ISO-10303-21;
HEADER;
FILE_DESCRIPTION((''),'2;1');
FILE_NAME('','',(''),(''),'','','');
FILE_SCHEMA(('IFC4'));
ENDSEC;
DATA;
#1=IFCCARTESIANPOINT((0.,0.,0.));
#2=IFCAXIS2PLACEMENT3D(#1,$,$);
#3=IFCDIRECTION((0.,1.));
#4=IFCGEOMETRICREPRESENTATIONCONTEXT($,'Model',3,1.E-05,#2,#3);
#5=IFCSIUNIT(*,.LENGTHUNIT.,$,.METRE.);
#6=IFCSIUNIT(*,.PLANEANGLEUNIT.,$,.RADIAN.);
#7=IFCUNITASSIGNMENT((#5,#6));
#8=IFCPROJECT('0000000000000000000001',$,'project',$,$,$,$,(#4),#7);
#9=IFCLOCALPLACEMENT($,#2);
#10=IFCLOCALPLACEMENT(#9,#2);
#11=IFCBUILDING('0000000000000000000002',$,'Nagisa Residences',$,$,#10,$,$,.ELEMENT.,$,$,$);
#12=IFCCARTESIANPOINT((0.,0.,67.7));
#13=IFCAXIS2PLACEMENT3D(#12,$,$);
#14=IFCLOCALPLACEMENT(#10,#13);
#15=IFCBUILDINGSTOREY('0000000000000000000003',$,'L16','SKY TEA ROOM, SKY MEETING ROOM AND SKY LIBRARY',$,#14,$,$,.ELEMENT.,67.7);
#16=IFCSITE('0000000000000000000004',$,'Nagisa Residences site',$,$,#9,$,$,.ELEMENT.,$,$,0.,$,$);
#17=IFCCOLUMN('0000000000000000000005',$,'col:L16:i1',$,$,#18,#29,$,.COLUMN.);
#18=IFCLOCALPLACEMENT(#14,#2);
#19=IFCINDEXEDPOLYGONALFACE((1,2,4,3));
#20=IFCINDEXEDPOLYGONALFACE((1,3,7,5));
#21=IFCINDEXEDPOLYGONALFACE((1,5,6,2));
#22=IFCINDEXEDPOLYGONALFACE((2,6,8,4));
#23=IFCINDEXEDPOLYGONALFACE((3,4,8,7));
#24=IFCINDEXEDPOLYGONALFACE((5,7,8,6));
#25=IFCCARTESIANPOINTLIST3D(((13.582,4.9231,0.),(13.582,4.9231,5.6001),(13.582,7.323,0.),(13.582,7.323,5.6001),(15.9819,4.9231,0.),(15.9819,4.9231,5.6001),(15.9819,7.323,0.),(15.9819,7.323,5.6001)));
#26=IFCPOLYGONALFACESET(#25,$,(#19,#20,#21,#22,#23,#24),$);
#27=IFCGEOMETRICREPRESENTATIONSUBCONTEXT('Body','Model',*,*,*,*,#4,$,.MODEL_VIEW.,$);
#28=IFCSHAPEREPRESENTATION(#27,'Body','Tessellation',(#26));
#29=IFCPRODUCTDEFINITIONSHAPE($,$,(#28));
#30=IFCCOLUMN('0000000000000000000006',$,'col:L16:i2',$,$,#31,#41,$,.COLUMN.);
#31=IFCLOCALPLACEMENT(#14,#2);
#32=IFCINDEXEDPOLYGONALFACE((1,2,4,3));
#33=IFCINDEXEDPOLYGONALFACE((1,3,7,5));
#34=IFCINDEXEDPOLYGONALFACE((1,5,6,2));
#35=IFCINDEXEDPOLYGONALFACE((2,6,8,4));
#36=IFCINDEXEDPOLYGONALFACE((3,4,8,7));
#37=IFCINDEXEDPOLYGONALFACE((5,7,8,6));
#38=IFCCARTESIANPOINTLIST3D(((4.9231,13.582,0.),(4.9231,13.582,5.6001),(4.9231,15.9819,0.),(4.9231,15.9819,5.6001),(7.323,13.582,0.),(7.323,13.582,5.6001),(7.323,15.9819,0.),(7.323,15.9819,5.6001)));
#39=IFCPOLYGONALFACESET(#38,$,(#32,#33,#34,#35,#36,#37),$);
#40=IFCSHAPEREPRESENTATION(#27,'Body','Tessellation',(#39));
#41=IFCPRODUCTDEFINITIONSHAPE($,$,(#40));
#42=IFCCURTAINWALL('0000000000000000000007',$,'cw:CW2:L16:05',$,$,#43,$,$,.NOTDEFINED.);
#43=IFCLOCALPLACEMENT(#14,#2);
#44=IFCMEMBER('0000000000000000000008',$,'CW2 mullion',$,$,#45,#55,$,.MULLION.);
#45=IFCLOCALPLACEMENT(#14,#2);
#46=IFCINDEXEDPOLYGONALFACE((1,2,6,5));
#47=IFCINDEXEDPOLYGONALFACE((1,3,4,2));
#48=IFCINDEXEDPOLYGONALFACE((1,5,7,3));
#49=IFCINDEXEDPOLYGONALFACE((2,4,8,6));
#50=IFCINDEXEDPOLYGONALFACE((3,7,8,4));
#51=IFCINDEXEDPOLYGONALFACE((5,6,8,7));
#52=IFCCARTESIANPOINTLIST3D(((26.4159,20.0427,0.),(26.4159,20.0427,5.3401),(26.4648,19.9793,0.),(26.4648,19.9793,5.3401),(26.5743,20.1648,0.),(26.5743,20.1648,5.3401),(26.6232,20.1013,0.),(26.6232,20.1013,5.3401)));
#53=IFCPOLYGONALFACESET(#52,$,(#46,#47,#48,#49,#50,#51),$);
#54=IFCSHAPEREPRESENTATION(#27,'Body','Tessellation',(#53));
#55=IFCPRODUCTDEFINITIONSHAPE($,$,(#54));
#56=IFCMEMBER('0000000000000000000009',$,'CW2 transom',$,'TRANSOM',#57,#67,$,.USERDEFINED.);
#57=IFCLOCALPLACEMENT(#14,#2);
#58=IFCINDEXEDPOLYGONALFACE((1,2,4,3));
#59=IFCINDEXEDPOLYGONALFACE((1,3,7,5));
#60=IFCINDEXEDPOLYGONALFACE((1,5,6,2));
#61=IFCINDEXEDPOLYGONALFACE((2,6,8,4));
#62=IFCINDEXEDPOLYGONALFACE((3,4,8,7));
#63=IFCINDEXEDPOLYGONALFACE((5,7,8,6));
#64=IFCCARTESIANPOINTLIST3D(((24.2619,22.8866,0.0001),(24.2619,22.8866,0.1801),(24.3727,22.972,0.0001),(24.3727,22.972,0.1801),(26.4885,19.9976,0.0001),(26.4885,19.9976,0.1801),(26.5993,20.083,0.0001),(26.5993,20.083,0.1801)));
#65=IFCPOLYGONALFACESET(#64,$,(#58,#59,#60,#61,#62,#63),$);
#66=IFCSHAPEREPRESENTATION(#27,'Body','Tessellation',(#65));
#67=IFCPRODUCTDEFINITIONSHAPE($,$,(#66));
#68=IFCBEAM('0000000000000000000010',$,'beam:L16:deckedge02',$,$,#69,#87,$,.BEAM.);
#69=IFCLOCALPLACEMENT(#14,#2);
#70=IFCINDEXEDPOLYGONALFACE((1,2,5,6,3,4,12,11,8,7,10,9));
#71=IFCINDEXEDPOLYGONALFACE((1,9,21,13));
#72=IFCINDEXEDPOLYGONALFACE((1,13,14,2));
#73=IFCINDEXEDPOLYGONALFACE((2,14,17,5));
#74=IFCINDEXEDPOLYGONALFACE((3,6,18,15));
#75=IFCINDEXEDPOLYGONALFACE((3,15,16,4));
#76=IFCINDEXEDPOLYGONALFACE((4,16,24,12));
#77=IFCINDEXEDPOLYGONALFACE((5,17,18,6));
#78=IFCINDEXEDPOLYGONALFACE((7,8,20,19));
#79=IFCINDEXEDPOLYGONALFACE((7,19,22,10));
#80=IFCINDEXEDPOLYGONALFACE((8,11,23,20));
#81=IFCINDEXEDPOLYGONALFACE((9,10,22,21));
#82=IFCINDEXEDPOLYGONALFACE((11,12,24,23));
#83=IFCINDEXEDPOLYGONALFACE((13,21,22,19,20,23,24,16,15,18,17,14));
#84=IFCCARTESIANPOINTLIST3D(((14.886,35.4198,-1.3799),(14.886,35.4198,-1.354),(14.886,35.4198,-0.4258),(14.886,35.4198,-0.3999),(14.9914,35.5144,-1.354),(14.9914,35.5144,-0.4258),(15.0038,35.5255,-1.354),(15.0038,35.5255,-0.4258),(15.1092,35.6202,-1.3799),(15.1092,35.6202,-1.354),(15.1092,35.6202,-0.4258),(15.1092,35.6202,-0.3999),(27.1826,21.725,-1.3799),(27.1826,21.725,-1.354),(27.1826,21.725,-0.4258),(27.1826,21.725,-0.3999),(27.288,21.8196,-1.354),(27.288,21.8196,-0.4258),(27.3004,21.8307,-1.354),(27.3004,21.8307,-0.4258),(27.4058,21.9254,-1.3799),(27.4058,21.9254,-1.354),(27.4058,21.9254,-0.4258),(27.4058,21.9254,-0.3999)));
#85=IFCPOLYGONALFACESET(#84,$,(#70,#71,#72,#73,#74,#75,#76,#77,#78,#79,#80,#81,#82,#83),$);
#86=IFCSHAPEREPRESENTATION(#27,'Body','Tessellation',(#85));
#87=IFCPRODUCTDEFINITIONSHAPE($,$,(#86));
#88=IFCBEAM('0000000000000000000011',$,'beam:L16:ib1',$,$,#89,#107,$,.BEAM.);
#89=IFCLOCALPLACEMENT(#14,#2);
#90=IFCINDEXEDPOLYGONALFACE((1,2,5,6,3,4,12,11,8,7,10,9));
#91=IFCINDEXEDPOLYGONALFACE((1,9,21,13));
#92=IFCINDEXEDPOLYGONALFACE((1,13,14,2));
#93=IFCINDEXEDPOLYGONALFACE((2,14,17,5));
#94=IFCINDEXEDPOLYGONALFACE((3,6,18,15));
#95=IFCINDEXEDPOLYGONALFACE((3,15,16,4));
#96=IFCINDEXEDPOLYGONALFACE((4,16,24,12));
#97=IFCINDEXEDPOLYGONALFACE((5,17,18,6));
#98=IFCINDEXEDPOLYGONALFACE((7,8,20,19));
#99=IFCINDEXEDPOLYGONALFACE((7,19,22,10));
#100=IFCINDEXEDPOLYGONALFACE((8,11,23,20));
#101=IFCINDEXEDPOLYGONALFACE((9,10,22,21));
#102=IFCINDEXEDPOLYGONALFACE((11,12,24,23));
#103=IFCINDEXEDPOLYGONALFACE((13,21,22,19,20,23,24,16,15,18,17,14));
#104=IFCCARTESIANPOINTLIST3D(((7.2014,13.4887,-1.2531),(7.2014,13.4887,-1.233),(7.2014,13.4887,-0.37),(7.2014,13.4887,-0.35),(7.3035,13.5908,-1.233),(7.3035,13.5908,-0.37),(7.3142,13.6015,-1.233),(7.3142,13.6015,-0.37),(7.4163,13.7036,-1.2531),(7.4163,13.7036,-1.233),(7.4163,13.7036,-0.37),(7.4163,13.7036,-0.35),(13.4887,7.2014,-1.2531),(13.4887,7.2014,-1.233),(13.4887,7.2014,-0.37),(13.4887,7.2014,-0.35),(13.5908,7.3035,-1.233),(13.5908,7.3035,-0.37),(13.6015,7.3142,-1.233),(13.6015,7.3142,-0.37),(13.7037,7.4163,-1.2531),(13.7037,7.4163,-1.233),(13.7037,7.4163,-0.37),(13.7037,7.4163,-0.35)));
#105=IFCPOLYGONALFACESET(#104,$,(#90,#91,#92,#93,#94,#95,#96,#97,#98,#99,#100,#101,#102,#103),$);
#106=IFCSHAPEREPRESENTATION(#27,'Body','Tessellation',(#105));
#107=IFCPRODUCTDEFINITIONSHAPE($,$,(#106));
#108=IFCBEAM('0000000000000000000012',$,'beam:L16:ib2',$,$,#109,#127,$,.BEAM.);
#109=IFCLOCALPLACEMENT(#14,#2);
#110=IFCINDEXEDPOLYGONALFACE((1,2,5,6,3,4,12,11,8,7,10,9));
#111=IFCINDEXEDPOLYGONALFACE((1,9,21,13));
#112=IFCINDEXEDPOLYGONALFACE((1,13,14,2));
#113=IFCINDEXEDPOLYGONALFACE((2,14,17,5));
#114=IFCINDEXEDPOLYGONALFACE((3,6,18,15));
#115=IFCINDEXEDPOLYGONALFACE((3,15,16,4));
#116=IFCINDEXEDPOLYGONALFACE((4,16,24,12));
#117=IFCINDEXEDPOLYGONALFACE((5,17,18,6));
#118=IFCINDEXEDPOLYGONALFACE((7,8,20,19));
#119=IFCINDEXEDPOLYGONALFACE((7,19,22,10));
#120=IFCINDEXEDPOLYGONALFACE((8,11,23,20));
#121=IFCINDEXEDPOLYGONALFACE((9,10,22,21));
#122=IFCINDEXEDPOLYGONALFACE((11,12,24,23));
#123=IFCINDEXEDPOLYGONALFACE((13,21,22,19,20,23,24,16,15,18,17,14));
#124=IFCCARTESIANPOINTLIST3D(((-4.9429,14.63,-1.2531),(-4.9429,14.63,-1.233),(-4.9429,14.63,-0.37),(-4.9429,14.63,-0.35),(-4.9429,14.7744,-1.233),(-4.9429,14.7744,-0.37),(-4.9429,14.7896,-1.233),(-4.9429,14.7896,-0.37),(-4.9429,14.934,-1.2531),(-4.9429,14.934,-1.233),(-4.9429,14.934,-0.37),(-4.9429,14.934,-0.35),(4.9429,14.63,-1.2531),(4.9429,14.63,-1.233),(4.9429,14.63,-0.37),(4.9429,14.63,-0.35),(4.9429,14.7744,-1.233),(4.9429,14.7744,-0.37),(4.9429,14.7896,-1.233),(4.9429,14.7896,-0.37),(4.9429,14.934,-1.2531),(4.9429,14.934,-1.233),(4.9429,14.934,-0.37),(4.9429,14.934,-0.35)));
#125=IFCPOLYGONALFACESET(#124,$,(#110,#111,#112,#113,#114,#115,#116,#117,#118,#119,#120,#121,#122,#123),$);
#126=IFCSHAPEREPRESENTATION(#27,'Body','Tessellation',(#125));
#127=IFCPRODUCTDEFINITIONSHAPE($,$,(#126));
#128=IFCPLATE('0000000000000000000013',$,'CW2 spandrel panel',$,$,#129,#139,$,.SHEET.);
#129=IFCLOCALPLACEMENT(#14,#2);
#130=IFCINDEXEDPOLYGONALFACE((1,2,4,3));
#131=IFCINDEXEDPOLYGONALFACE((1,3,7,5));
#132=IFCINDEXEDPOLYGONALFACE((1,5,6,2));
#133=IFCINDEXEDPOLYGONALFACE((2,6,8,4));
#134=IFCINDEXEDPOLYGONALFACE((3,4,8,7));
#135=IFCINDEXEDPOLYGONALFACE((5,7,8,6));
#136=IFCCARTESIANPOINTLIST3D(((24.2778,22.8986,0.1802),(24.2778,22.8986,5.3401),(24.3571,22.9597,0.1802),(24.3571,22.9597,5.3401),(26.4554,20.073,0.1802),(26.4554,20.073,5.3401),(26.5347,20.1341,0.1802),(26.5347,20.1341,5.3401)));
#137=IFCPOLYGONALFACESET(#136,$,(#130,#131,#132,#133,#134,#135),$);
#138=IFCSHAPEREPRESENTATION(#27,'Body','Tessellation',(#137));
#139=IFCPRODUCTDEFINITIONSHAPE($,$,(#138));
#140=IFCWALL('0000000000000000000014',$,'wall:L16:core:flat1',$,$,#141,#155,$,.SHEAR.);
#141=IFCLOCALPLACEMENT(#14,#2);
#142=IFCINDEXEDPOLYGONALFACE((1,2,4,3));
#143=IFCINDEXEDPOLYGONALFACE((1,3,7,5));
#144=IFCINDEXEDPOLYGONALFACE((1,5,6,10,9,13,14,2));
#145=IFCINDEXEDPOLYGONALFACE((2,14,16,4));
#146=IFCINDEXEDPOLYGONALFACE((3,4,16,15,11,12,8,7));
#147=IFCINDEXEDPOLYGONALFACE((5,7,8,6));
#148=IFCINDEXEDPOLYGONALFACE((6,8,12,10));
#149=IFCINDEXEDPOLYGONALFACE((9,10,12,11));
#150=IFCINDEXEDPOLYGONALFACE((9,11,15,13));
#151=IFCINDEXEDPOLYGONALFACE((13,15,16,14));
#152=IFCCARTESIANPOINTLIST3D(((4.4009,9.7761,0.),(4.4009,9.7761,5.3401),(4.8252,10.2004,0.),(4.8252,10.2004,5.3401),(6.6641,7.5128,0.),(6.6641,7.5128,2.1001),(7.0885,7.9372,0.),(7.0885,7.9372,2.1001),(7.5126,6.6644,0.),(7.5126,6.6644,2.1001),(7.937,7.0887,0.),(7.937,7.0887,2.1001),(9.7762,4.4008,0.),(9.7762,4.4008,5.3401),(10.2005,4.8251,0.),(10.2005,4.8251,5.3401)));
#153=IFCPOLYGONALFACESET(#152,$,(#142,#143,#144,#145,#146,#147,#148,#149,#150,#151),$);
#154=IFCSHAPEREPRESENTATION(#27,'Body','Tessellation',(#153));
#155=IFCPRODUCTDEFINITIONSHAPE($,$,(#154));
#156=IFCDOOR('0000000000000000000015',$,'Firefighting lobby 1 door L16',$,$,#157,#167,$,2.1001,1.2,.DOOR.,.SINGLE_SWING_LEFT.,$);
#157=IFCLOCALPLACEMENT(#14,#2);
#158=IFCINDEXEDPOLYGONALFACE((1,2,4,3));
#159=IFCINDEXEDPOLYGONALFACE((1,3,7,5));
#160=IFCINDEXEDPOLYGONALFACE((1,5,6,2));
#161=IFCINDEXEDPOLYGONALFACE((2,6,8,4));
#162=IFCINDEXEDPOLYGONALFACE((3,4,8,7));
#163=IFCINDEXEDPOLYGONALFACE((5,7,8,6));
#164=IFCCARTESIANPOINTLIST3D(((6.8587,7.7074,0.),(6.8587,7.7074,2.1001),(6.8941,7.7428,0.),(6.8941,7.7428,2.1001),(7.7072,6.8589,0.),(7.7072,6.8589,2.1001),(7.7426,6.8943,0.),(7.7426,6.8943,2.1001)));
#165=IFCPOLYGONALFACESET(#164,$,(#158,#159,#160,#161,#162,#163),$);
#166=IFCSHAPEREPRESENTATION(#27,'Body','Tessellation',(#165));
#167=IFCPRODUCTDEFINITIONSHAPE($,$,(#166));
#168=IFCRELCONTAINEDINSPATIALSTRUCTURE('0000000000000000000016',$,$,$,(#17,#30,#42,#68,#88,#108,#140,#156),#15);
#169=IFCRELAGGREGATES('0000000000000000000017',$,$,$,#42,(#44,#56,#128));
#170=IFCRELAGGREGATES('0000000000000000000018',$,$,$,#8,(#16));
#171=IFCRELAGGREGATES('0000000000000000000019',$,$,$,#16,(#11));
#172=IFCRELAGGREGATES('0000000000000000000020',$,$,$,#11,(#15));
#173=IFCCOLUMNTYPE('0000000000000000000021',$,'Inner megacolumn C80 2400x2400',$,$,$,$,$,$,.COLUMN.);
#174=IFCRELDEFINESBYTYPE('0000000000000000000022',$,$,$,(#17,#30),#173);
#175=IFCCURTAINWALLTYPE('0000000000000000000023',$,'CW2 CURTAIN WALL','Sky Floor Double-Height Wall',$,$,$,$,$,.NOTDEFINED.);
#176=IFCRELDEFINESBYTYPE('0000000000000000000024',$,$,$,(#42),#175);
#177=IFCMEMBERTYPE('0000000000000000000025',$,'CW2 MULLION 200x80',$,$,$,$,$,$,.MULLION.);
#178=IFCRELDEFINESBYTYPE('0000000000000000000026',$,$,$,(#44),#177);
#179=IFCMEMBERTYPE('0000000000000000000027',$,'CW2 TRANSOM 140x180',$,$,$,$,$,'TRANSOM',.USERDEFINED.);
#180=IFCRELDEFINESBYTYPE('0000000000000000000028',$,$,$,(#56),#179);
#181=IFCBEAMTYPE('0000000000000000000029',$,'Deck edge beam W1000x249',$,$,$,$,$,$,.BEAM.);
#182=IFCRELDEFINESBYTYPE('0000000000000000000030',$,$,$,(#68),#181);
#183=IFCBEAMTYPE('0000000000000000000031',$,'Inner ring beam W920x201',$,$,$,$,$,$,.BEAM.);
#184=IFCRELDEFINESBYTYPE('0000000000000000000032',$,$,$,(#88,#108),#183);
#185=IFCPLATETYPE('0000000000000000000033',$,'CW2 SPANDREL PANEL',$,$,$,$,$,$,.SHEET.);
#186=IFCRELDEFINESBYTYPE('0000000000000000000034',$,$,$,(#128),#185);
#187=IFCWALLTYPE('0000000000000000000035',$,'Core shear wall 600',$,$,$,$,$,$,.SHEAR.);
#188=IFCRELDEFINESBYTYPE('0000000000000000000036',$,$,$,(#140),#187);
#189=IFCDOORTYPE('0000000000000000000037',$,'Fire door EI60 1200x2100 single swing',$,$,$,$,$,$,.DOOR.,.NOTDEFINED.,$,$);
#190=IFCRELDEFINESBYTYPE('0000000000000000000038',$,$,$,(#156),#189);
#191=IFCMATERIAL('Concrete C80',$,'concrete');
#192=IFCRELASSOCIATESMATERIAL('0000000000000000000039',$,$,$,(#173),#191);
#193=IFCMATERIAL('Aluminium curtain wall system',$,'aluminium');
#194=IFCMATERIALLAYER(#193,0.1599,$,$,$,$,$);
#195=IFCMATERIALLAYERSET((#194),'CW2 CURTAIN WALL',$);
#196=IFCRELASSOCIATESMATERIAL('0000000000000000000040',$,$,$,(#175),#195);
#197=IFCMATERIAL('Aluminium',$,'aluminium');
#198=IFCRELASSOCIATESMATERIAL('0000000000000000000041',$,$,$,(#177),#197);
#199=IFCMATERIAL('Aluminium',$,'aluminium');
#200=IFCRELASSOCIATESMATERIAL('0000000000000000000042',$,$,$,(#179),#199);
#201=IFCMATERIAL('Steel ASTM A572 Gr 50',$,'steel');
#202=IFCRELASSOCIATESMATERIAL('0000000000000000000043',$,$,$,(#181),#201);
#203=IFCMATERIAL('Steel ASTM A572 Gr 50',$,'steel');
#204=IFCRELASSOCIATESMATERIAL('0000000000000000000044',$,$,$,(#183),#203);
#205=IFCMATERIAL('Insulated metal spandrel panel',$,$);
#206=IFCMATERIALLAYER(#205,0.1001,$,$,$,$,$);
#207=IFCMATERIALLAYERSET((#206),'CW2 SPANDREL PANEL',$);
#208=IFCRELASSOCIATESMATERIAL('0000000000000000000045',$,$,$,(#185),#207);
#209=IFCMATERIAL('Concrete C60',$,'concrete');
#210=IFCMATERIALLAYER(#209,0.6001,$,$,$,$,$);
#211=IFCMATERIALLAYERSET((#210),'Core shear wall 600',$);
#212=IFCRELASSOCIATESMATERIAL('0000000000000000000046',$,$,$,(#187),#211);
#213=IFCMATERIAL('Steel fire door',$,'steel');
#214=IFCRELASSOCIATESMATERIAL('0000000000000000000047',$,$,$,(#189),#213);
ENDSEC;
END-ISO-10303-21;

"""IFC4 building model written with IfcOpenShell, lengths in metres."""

from ifc_helpers import new_model, si_unit, direction, frame, frame_2d, origin, origin_2d, place, context, subcontext, project, spatial, rectangle, i_section, extrude, material, layer, layer_set, material_profile, profile_set, type_object, element, fill, aggregate, save


model = new_model("IFC4")

# Units and contexts
model_context = context("Model", 3, precision=1e-05, world=origin(), true_north=direction((0.0, 1.0)))
body_context = subcontext(model_context, "Body", "Model", "MODEL_VIEW")
ifc_project = project(units=[si_unit("LENGTHUNIT", "METRE"), si_unit("PLANEANGLEUNIT", "RADIAN")], contexts=[model_context])

# Site, building, storey
site_placement = place(None, origin())
site = spatial("IfcSite", under=ifc_project, at=site_placement, Name="Nagisa Residences site", CompositionType="ELEMENT", RefElevation=0.0)
building_placement = place(site_placement, origin())
building = spatial("IfcBuilding", under=site, at=building_placement, Name="Nagisa Residences", CompositionType="ELEMENT")
storey_placement = place(building_placement, frame((0.0, 0.0, 67.7)))
storey = spatial("IfcBuildingStorey", under=building, at=storey_placement, Name="L16", Description="SKY TEA ROOM, SKY MEETING ROOM AND SKY LIBRARY", CompositionType="ELEMENT", Elevation=67.7)

# Columns
ifc_material_1 = material(Name="Concrete C80", Category="concrete")
ifc_material_profile_1 = material_profile(ifc_material_1, rectangle(XDim=2.3999, YDim=2.3999, at=origin_2d()), Name="C80 2400x2400")
ifc_profile_set_1 = profile_set([ifc_material_profile_1], Name="Concrete C80")
column_type = type_object("IfcColumnType", Name="Inner megacolumn C80 2400x2400", PredefinedType="COLUMN", material=ifc_profile_set_1)
for number, where, z_axis, x_axis, name in (
    (1, (14.782, 6.123, 0.0), (0.0, 0.0, 1.0), (1.0, 0.0, 0.0), "col:L16:i1"),
    (2, (6.123, 14.782, 0.0), (0.0, 0.0, 1.0), (1.0, 0.0, 0.0), "col:L16:i2"),
):
    element("IfcColumn", number, at=place(storey_placement, frame(where, z_axis=z_axis, x_axis=x_axis)), inside=storey, type_object=column_type, Name=name, PredefinedType="COLUMN", context=body_context, shape_type="SweptSolid", body=[
        extrude(rectangle(XDim=2.3999, YDim=2.3999, at=origin_2d()), origin(), (0.0, 0.0, 1.0), 5.6001),
    ])

# Curtain wall, members
ifc_material_2 = material(Name="Aluminium curtain wall system", Category="aluminium")
ifc_layer_1 = layer(ifc_material_2, 0.1599)
ifc_layer_set_1 = layer_set([ifc_layer_1], Name="CW2 CURTAIN WALL")
curtain_wall_type = type_object("IfcCurtainWallType", Name="CW2 CURTAIN WALL", Description="Sky Floor Double-Height Wall", PredefinedType="NOTDEFINED", material=ifc_layer_set_1)
curtain_wall_placement = place(storey_placement, origin())
curtain_wall = element("IfcCurtainWall", 3, at=curtain_wall_placement, inside=storey, type_object=curtain_wall_type, Name="cw:CW2:L16:05", PredefinedType="NOTDEFINED")
ifc_material_3 = material(Name="Aluminium", Category="aluminium")
ifc_material_profile_2 = material_profile(ifc_material_3, rectangle(XDim=0.2, YDim=0.0801, at=origin_2d()), Name="CW2 MULLION 200x80")
ifc_profile_set_2 = profile_set([ifc_material_profile_2], Name="Aluminium")
member_type_1 = type_object("IfcMemberType", Name="CW2 MULLION 200x80", PredefinedType="MULLION", material=ifc_profile_set_2)
member_1_placement = place(storey_placement, frame((26.5195, 20.072, 0.0), z_axis=(0.0, 0.0, 1.0), x_axis=(-0.79207, -0.61043, 0.0)))
member_1 = element("IfcMember", 4, at=member_1_placement, type_object=member_type_1, Name="CW2 mullion", PredefinedType="MULLION", context=body_context, shape_type="SweptSolid", body=[
    extrude(rectangle(XDim=0.2, YDim=0.0801, at=origin_2d()), origin(), (0.0, 0.0, 1.0), 5.3401),
])
ifc_material_4 = material(Name="Aluminium", Category="aluminium")
ifc_material_profile_3 = material_profile(ifc_material_4, rectangle(XDim=0.1399, YDim=0.1799, at=origin_2d()), Name="CW2 TRANSOM 140x180")
ifc_profile_set_3 = profile_set([ifc_material_profile_3], Name="Aluminium")
member_type_2 = type_object("IfcMemberType", Name="CW2 TRANSOM 140x180", ElementType="TRANSOM", PredefinedType="USERDEFINED", material=ifc_profile_set_3)
member_2_placement = place(storey_placement, frame((26.5439, 20.0403, 0.0901), z_axis=(-0.610454, 0.792051, 0.0), x_axis=(-0.792051, -0.610454, 0.0)))
member_2 = element("IfcMember", 5, at=member_2_placement, type_object=member_type_2, Name="CW2 transom", ObjectType="TRANSOM", PredefinedType="USERDEFINED", context=body_context, shape_type="SweptSolid", body=[
    extrude(rectangle(XDim=0.1399, YDim=0.1799, at=origin_2d()), origin(), (0.0, 0.0, 1.0), 3.6475),
])

# Beams
ifc_material_5 = material(Name="Steel ASTM A572 Gr 50", Category="steel")
ifc_material_profile_4 = material_profile(ifc_material_5, i_section(OverallWidth=0.3, OverallDepth=0.98, WebThickness=0.0166, FlangeThickness=0.0259, at=origin_2d()), Name="W1000x249")
ifc_profile_set_4 = profile_set([ifc_material_profile_4], Name="Steel ASTM A572 Gr 50")
beam_type_1 = type_object("IfcBeamType", Name="Deck edge beam W1000x249", PredefinedType="BEAM", material=ifc_profile_set_4)
beam_1_placement = place(storey_placement, frame((27.2942, 21.8252, -0.8899), z_axis=(-0.668102, 0.744069, 0.0), x_axis=(-0.744069, -0.668102, 0.0)))
element("IfcBeam", 6, at=beam_1_placement, inside=storey, type_object=beam_type_1, Name="beam:L16:deckedge02", PredefinedType="BEAM", context=body_context, shape_type="SweptSolid", body=[
    extrude(i_section(OverallWidth=0.3, OverallDepth=0.98, WebThickness=0.0166, FlangeThickness=0.0259, at=origin_2d()), origin(), (0.0, 0.0, 1.0), 18.4053),
])
ifc_material_6 = material(Name="Steel ASTM A572 Gr 50", Category="steel")
ifc_material_profile_5 = material_profile(ifc_material_6, i_section(OverallWidth=0.304, OverallDepth=0.9031, WebThickness=0.0151, FlangeThickness=0.02, at=origin_2d()), Name="W920x201")
ifc_profile_set_5 = profile_set([ifc_material_profile_5], Name="Steel ASTM A572 Gr 50")
beam_type_2 = type_object("IfcBeamType", Name="Inner ring beam W920x201", PredefinedType="BEAM", material=ifc_profile_set_5)
beam_2_placement = place(storey_placement, frame((13.5962, 7.3088, -0.8015), z_axis=(-0.707107, 0.707107, 0.0), x_axis=(-0.707107, -0.707107, 0.0)))
element("IfcBeam", 7, at=beam_2_placement, inside=storey, type_object=beam_type_2, Name="beam:L16:ib1", PredefinedType="BEAM", context=body_context, shape_type="SweptSolid", body=[
    extrude(i_section(OverallWidth=0.304, OverallDepth=0.9031, WebThickness=0.0151, FlangeThickness=0.02, at=origin_2d()), origin(), (0.0, 0.0, 1.0), 8.8916),
])
beam_3_placement = place(storey_placement, frame((4.9429, 14.782, -0.8015), z_axis=(-1.0, 0.0, 0.0), x_axis=(0.0, -1.0, 0.0)))
element("IfcBeam", 8, at=beam_3_placement, inside=storey, type_object=beam_type_2, Name="beam:L16:ib2", PredefinedType="BEAM", context=body_context, shape_type="SweptSolid", body=[
    extrude(i_section(OverallWidth=0.304, OverallDepth=0.9031, WebThickness=0.0151, FlangeThickness=0.02, at=origin_2d()), origin(), (0.0, 0.0, 1.0), 9.8857),
])

# Plate
ifc_material_7 = material(Name="Insulated metal spandrel panel")
ifc_layer_2 = layer(ifc_material_7, 0.1001)
ifc_layer_set_2 = layer_set([ifc_layer_2], Name="CW2 SPANDREL PANEL")
plate_type = type_object("IfcPlateType", Name="CW2 SPANDREL PANEL", PredefinedType="SHEET", material=ifc_layer_set_2)
plate_placement = place(storey_placement, frame((25.4062, 21.5164, 0.1802), z_axis=(0.0, 0.0, 1.0), x_axis=(-0.61043, 0.79207, 0.0)))
plate = element("IfcPlate", 9, at=plate_placement, type_object=plate_type, Name="CW2 spandrel panel", PredefinedType="SHEET", context=body_context, shape_type="SweptSolid", body=[
    extrude(rectangle(XDim=3.5674, YDim=0.1001, at=origin_2d()), origin(), (0.0, 0.0, 1.0), 5.1599),
])
aggregate(curtain_wall, [member_1, member_2, plate])

# Wall, opening, door
ifc_material_8 = material(Name="Concrete C60", Category="concrete")
ifc_layer_3 = layer(ifc_material_8, 0.6001)
ifc_layer_set_3 = layer_set([ifc_layer_3], Name="Core shear wall 600")
wall_type_1 = type_object("IfcWallType", Name="Core shear wall 600", PredefinedType="SHEAR", material=ifc_layer_set_3)
wall_1_placement = place(storey_placement, frame((9.9883, 4.613, 0.0), z_axis=(0.0, 0.0, 1.0), x_axis=(-0.707107, 0.707107, 0.0)))
wall_1 = element("IfcWall", 10, at=wall_1_placement, inside=storey, type_object=wall_type_1, Name="wall:L16:core:flat1", PredefinedType="SHEAR", context=body_context, shape_type="SweptSolid", body=[
    extrude(rectangle(XDim=7.6018, YDim=0.6001, at=frame_2d((3.8008, 0.0))), origin(), (0.0, 0.0, 1.0), 5.3401),
])
opening_1_placement = place(wall_1_placement, frame((3.2009, 0.0, 0.0)))
opening_1 = element("IfcOpeningElement", 11, at=opening_1_placement, cuts=wall_1, PredefinedType="OPENING", context=body_context, shape_type="SweptSolid", body=[
    extrude(rectangle(XDim=1.2, YDim=2.1001, at=frame_2d((0.6001, 1.05))), frame((0.0, 0.3101, 0.0), z_axis=(0.0, -1.0, 0.0), x_axis=(1.0, 0.0, 0.0)), (0.0, 0.0, 1.0), 0.6201),
])
ifc_material_9 = material(Name="Steel fire door", Category="steel")
door_type_1 = type_object("IfcDoorType", Name="Fire door EI60 1200x2100 single swing", OperationType="NOTDEFINED", PredefinedType="DOOR", material=ifc_material_9)
door_1_placement = place(opening_1_placement, origin())
door_1 = element("IfcDoor", 12, at=door_1_placement, inside=storey, type_object=door_type_1, Name="Firefighting lobby 1 door L16", OperationType="SINGLE_SWING_LEFT", OverallHeight=2.1001, OverallWidth=1.2, PredefinedType="DOOR", context=body_context, shape_type="SweptSolid", body=[
    extrude(rectangle(XDim=1.2, YDim=2.1001, at=frame_2d((0.6001, 1.05))), frame((0.0, 0.0249, 0.0), z_axis=(0.0, -1.0, 0.0), x_axis=(1.0, 0.0, 0.0)), (0.0, 0.0, 1.0), 0.05),
])
fill(opening_1, door_1)

save(model, "model.ifc")
